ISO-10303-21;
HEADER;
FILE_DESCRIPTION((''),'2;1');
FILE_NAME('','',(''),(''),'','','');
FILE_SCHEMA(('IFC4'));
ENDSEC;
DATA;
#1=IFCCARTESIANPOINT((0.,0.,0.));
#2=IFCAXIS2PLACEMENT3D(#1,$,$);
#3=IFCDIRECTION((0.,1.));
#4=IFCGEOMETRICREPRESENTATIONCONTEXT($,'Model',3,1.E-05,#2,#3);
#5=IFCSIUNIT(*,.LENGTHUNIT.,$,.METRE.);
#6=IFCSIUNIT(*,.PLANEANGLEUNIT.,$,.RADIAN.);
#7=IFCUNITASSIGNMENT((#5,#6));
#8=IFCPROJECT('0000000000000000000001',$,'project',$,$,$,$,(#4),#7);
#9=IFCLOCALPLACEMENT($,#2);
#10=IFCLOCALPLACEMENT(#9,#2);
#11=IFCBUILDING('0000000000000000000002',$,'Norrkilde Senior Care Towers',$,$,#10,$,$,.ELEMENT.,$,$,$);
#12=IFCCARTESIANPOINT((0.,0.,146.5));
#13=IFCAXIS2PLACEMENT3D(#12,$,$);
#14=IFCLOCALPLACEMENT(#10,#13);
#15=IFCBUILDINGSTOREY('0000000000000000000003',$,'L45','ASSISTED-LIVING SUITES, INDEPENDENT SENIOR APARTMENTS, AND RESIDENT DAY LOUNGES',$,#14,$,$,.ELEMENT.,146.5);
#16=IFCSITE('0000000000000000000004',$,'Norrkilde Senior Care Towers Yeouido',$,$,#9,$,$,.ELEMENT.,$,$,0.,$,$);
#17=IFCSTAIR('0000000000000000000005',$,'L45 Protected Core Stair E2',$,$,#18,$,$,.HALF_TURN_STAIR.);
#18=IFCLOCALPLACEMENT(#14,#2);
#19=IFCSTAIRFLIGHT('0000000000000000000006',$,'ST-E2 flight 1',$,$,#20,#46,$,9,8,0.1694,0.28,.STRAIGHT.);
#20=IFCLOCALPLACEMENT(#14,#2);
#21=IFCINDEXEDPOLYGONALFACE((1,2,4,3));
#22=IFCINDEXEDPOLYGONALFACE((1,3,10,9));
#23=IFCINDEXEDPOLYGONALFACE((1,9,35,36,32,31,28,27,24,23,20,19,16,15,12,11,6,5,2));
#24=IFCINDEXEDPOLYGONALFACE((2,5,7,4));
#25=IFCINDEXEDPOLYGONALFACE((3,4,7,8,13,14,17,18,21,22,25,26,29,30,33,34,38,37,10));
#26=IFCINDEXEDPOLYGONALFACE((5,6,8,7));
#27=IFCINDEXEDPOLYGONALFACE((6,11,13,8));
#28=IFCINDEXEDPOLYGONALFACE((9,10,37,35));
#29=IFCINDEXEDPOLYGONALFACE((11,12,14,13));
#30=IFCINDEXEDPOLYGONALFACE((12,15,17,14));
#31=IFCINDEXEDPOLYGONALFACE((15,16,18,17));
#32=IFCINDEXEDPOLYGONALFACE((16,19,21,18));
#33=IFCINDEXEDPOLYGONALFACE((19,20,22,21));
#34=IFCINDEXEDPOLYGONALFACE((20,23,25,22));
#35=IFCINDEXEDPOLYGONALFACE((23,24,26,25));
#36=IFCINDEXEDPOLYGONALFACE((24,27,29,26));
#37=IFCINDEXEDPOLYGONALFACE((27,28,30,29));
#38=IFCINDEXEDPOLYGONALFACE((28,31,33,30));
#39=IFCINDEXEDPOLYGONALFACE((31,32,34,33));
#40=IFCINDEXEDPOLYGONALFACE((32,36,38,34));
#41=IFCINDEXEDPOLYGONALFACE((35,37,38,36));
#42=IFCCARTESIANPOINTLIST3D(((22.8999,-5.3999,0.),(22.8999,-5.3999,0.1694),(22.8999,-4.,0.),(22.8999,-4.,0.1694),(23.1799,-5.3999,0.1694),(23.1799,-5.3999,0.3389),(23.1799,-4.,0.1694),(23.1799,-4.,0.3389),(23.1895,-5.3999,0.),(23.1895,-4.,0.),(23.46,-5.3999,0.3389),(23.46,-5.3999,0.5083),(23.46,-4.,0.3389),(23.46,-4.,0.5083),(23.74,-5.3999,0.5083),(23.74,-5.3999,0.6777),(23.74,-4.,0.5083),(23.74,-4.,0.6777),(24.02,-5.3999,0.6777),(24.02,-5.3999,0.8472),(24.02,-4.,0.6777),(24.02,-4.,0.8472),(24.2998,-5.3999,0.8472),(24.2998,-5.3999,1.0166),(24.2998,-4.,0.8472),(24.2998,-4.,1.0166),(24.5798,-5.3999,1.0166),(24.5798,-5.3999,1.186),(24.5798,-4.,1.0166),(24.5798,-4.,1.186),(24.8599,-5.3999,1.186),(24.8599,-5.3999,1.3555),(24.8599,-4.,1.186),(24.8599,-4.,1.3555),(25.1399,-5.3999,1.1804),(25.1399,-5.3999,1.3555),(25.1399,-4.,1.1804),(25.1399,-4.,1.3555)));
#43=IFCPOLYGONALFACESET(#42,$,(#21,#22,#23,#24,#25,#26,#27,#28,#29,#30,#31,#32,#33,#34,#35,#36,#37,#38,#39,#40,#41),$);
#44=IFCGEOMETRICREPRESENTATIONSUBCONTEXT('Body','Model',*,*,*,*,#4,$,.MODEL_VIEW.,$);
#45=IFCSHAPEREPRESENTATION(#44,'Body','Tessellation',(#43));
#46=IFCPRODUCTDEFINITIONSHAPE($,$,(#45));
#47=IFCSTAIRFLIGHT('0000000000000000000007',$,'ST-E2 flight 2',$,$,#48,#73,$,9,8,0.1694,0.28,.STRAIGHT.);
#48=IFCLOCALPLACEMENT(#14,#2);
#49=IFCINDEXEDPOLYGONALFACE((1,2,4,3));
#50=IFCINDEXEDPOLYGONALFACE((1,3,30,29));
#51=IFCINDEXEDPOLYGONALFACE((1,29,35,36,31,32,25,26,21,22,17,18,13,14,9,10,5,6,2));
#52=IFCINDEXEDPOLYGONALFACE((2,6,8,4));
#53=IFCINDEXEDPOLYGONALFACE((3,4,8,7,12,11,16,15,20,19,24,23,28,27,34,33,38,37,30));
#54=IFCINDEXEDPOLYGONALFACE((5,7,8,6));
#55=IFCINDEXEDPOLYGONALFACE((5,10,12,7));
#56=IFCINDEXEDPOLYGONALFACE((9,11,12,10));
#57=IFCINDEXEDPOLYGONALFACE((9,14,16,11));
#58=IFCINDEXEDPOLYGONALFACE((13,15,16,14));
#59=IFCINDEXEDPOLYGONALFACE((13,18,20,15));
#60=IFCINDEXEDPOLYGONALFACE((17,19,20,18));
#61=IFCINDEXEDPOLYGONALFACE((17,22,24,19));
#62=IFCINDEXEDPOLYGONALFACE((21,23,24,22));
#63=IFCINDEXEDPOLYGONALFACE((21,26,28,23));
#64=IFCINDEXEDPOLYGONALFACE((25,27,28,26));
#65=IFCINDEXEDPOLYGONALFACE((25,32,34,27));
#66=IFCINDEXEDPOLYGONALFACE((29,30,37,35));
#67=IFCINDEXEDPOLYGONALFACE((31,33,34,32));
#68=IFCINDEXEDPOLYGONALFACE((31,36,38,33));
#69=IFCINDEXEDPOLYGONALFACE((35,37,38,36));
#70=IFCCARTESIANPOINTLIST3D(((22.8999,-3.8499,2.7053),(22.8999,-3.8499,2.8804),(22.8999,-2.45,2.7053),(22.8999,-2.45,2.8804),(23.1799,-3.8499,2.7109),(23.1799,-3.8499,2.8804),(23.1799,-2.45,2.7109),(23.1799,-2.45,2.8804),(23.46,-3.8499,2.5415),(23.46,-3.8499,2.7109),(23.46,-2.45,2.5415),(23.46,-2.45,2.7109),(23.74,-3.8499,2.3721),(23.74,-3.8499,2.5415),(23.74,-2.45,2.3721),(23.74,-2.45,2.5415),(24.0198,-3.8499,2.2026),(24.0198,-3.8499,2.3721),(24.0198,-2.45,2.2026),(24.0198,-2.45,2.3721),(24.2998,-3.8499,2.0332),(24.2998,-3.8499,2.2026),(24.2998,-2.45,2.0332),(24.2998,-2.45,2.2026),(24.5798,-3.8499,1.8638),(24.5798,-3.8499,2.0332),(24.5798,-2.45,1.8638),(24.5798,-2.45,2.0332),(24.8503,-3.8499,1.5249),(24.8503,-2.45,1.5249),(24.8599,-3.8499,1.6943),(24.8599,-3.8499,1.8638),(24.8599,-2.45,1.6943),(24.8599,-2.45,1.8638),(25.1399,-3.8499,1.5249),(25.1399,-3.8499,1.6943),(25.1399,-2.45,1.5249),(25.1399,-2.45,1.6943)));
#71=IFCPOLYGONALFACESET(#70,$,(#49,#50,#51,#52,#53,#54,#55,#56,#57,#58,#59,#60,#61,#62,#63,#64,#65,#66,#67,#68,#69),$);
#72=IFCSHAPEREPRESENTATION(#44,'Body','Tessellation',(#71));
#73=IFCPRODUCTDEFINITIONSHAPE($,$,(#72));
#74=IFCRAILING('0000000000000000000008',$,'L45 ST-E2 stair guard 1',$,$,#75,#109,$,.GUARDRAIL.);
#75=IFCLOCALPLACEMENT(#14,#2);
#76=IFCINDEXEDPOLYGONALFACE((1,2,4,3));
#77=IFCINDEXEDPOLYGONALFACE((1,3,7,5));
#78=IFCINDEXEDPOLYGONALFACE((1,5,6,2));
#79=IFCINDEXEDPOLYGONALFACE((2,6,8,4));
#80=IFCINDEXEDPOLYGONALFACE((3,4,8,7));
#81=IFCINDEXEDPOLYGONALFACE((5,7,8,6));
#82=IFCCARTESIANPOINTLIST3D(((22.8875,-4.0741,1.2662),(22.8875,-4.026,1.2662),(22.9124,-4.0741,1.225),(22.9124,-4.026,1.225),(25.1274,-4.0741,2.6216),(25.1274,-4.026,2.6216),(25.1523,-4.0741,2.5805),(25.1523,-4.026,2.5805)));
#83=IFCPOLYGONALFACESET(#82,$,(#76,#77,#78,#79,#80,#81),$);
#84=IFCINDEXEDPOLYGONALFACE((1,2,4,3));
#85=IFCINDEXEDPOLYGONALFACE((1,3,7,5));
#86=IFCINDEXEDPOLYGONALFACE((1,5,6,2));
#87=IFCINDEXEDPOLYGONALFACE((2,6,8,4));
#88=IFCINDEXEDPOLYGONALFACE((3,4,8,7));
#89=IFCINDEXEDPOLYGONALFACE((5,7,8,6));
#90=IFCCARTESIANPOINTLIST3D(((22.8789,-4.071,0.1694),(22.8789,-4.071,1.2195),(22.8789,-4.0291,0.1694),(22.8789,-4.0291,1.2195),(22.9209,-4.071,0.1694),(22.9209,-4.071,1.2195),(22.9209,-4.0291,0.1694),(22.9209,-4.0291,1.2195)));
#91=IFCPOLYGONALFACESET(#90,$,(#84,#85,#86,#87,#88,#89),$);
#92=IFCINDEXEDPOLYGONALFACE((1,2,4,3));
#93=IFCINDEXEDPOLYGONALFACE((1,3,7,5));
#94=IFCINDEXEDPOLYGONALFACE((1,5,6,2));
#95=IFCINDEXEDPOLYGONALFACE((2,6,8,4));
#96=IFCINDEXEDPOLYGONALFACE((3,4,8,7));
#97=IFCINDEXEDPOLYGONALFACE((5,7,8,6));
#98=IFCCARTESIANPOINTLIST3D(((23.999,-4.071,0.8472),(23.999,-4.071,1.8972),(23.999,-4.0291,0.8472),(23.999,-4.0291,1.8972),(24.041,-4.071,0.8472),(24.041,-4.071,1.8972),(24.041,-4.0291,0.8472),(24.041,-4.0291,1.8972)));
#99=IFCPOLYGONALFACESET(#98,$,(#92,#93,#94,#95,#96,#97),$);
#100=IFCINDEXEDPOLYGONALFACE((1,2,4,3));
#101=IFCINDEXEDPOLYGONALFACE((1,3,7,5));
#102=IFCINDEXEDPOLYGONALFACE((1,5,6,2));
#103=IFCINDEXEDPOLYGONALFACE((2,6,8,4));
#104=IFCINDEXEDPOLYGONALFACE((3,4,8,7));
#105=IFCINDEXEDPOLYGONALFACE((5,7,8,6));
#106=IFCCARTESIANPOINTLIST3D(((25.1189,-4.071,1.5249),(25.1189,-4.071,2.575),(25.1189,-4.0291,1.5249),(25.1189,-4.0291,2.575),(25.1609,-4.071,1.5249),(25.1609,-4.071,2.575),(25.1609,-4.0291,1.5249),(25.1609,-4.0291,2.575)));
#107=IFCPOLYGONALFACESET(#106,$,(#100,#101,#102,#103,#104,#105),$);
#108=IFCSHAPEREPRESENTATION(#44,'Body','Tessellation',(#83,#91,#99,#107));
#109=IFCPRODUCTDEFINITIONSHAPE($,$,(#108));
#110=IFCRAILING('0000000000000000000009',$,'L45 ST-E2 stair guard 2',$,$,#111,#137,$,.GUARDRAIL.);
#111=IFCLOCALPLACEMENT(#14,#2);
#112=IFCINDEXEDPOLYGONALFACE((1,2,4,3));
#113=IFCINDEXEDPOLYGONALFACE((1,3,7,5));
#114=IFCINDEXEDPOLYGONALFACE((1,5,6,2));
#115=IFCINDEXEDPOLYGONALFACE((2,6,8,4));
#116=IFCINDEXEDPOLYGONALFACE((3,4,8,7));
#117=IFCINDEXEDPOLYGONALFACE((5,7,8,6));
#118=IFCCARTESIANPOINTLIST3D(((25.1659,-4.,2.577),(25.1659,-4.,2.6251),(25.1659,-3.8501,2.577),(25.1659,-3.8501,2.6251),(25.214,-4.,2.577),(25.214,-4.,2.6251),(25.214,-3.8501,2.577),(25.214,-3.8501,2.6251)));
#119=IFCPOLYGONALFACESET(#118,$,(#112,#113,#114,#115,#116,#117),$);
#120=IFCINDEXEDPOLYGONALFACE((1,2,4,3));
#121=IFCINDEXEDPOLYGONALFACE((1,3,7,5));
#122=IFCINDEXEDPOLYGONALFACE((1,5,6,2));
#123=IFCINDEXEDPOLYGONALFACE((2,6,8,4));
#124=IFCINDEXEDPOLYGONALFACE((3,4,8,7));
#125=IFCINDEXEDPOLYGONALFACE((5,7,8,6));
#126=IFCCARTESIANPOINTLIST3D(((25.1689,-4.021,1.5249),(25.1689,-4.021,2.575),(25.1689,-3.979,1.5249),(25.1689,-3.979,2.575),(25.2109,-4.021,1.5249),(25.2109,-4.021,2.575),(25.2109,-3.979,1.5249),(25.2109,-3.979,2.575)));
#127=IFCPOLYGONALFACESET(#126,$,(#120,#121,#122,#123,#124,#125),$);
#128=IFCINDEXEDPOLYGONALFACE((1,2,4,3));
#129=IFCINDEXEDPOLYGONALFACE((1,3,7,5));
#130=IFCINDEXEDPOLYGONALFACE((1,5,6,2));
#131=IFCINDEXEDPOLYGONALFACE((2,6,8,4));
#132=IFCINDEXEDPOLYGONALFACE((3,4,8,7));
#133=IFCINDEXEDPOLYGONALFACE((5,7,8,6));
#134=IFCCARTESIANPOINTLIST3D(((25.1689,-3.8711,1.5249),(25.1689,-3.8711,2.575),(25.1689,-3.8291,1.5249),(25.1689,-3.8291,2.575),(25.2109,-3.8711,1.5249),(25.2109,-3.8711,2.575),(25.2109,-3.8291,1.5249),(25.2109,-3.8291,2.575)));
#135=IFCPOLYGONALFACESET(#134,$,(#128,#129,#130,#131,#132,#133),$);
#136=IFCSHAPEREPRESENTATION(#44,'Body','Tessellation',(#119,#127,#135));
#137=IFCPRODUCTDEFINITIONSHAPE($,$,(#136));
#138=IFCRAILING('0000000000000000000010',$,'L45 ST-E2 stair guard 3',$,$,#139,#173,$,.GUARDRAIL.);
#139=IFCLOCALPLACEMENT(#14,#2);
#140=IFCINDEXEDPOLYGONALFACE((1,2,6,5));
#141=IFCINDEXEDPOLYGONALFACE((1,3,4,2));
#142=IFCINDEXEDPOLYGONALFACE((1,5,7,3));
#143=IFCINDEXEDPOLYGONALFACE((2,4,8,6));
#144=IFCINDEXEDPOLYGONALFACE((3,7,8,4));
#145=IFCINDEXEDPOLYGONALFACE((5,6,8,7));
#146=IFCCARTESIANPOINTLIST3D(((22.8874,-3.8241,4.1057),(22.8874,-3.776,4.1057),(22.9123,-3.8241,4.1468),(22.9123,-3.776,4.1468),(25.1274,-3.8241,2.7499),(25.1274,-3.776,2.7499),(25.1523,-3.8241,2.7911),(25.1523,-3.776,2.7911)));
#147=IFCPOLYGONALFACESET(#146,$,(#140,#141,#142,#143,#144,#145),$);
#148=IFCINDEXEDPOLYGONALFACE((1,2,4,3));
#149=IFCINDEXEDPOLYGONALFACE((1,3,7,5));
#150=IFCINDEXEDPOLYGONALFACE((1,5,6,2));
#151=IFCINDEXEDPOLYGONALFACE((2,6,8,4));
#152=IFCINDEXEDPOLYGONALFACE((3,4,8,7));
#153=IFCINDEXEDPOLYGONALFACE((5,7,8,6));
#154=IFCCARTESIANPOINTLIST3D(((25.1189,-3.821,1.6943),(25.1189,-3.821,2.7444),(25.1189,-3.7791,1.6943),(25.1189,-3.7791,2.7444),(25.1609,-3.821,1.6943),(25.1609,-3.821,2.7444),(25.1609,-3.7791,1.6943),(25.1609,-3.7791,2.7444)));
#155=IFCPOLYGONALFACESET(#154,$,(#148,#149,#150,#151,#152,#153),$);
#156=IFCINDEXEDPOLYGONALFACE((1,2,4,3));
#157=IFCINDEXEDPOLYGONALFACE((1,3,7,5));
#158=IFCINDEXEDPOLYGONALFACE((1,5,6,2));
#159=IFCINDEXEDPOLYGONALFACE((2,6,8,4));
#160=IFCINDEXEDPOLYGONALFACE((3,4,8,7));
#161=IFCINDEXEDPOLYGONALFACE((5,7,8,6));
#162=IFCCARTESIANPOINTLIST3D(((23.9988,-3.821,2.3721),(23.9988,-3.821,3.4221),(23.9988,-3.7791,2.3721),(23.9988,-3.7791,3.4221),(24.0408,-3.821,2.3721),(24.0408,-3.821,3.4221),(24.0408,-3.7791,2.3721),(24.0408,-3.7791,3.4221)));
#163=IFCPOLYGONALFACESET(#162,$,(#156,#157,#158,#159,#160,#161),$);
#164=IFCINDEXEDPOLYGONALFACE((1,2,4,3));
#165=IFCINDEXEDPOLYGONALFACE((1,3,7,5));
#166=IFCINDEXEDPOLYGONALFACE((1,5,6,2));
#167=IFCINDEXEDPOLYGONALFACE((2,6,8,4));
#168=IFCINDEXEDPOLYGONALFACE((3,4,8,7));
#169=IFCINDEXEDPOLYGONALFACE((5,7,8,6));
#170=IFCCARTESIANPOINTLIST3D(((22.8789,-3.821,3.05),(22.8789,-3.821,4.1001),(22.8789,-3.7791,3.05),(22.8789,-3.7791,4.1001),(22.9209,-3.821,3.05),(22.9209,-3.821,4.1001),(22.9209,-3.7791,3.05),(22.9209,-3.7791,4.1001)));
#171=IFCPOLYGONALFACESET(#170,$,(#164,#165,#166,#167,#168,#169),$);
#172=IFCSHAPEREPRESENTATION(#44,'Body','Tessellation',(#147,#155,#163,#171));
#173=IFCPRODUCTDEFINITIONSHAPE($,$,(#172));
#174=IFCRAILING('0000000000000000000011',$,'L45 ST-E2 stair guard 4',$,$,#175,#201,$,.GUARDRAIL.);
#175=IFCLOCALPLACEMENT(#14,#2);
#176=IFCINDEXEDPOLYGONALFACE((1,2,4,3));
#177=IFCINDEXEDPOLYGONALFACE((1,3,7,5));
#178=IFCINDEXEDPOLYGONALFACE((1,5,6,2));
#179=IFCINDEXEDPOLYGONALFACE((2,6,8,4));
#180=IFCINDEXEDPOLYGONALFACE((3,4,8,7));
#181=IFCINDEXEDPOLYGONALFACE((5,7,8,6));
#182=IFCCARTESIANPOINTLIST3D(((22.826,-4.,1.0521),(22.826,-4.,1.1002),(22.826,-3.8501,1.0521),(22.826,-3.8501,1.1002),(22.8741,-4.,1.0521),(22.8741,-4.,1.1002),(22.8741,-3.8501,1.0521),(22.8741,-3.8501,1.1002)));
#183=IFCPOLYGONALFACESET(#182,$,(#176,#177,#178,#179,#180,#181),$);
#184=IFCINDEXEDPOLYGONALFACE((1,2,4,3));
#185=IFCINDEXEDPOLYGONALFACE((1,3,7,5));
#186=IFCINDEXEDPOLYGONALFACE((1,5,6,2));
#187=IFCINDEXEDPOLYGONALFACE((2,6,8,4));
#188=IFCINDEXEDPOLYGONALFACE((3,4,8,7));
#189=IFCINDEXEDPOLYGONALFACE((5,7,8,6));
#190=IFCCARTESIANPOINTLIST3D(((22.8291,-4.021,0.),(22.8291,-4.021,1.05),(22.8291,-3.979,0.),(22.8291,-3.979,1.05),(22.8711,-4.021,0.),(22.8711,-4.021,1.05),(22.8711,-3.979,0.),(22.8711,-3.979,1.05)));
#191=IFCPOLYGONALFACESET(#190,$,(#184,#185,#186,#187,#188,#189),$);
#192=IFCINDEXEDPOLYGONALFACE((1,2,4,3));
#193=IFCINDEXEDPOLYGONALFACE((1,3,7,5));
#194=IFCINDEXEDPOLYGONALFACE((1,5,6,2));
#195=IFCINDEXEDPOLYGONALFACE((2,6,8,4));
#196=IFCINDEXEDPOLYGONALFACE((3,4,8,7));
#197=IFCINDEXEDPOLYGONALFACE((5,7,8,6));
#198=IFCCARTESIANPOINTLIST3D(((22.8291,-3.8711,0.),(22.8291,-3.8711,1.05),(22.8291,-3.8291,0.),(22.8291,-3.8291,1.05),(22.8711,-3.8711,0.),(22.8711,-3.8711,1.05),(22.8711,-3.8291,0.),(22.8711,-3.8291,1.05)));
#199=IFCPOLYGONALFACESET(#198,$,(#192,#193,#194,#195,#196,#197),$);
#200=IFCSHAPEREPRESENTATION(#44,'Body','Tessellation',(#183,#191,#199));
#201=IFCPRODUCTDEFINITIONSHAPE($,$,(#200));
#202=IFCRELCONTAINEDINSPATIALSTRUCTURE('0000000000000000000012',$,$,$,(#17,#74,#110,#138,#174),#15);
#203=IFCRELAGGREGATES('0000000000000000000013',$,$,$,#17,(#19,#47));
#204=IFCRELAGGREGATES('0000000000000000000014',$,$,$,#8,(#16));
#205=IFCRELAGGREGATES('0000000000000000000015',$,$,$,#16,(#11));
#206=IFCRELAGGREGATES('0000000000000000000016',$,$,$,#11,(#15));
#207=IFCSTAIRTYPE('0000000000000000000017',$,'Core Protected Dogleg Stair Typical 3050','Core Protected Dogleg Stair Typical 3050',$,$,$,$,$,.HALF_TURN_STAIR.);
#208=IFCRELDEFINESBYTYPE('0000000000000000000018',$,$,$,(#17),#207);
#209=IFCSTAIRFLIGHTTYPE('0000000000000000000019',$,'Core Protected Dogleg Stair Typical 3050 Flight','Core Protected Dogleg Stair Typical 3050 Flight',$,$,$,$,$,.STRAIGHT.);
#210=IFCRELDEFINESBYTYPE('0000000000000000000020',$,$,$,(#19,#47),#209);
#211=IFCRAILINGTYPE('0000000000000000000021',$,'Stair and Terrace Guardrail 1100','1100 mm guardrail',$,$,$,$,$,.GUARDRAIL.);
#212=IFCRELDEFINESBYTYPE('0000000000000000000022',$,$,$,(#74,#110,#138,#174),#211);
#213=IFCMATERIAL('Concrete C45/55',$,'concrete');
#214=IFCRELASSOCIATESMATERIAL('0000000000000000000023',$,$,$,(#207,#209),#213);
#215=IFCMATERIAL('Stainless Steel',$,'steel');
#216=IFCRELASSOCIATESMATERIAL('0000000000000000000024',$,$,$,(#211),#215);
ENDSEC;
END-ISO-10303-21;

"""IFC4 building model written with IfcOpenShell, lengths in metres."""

from ifc_helpers import new_model, si_unit, direction, frame, origin, origin_2d, place, context, subcontext, project, spatial, polyline, rectangle, outline, extrude, material, type_object, element, aggregate, save


model = new_model("IFC4")

# Units and contexts
model_context = context("Model", 3, precision=1e-05, world=origin(), true_north=direction((0.0, 1.0)))
body_context = subcontext(model_context, "Body", "Model", "MODEL_VIEW")
ifc_project = project(units=[si_unit("LENGTHUNIT", "METRE"), si_unit("PLANEANGLEUNIT", "RADIAN")], contexts=[model_context])

# Site, building, storey
site_placement = place(None, origin())
site = spatial("IfcSite", under=ifc_project, at=site_placement, Name="Norrkilde Senior Care Towers Yeouido", CompositionType="ELEMENT", RefElevation=0.0)
building_placement = place(site_placement, origin())
building = spatial("IfcBuilding", under=site, at=building_placement, Name="Norrkilde Senior Care Towers", CompositionType="ELEMENT")
storey_placement = place(building_placement, frame((0.0, 0.0, 146.5)))
storey = spatial("IfcBuildingStorey", under=building, at=storey_placement, Name="L45", Description="ASSISTED-LIVING SUITES, INDEPENDENT SENIOR APARTMENTS, AND RESIDENT DAY LOUNGES", CompositionType="ELEMENT", Elevation=146.5)

# Shared definitions
ifc_material_1 = material(Name="Concrete C45/55", Category="concrete")

# Stair, stair flights
stair_type = type_object("IfcStairType", Name="Core Protected Dogleg Stair Typical 3050", Description="Core Protected Dogleg Stair Typical 3050", PredefinedType="HALF_TURN_STAIR", material=ifc_material_1)
stair_placement = place(storey_placement, origin())
stair = element("IfcStair", 1, at=stair_placement, inside=storey, type_object=stair_type, Name="L45 Protected Core Stair E2", PredefinedType="HALF_TURN_STAIR")
stair_flight_type = type_object("IfcStairFlightType", Name="Core Protected Dogleg Stair Typical 3050 Flight", Description="Core Protected Dogleg Stair Typical 3050 Flight", PredefinedType="STRAIGHT", material=ifc_material_1)
stair_flight_1_placement = place(storey_placement, frame((22.8999, -4.7, 0.0), z_axis=(0.0, 0.0, 1.0), x_axis=(1.0, 0.0, 0.0)))
stair_flight_1 = element("IfcStairFlight", 2, at=stair_flight_1_placement, type_object=stair_flight_type, Name="ST-E2 flight 1", NumberOfRisers=9, NumberOfTreads=8, PredefinedType="STRAIGHT", RiserHeight=0.1694, TreadLength=0.28, context=body_context, shape_type="SweptSolid", body=[
    extrude(outline(polyline([(0.0, 0.0), (0.0, 0.1694), (0.28, 0.1694), (0.28, 0.3389), (0.5601, 0.3389), (0.5601, 0.5083), (0.8401, 0.5083), (0.8401, 0.6777), (1.1201, 0.6777), (1.1201, 0.8472), (1.3999, 0.8472), (1.3999, 1.0166), (1.6799, 1.0166), (1.6799, 1.186), (1.96, 1.186), (1.96, 1.3555), (2.24, 1.3555), (2.24, 1.5249), (2.24, 1.1804), (0.2896, 0.0), (0.0, 0.0)])), frame((0.0, 0.7, 0.0), z_axis=(0.0, -1.0, 0.0), x_axis=(1.0, 0.0, 0.0)), (0.0, 0.0, 1.0), 1.3999),
])
stair_flight_2_placement = place(storey_placement, frame((25.1399, -3.1499, 1.5249), z_axis=(0.0, 0.0, 1.0), x_axis=(-1.0, 0.0, 0.0)))
stair_flight_2 = element("IfcStairFlight", 3, at=stair_flight_2_placement, type_object=stair_flight_type, Name="ST-E2 flight 2", NumberOfRisers=9, NumberOfTreads=8, PredefinedType="STRAIGHT", RiserHeight=0.1694, TreadLength=0.28, context=body_context, shape_type="SweptSolid", body=[
    extrude(outline(polyline([(0.0, 0.0), (0.0, 0.1694), (0.28, 0.1694), (0.28, 0.3389), (0.5601, 0.3389), (0.5601, 0.5083), (0.8401, 0.5083), (0.8401, 0.6777), (1.1201, 0.6777), (1.1201, 0.8472), (1.3999, 0.8472), (1.3999, 1.0166), (1.6799, 1.0166), (1.6799, 1.186), (1.96, 1.186), (1.96, 1.3555), (2.24, 1.3555), (2.24, 1.5249), (2.24, 1.1804), (0.2896, 0.0), (0.0, 0.0)])), frame((0.0, 0.7, 0.0), z_axis=(0.0, -1.0, 0.0), x_axis=(1.0, 0.0, 0.0)), (0.0, 0.0, 1.0), 1.3999),
])
aggregate(stair, [stair_flight_1, stair_flight_2])

# Railings
ifc_material_2 = material(Name="Stainless Steel", Category="steel")
railing_type_1 = type_object("IfcRailingType", Name="Stair and Terrace Guardrail 1100", Description="1100 mm guardrail", PredefinedType="GUARDRAIL", material=ifc_material_2)
railing_1_placement = place(storey_placement, frame((22.8999, -4.05, 0.1694)))
element("IfcRailing", 4, at=railing_1_placement, inside=storey, type_object=railing_type_1, Name="L45 ST-E2 stair guard 1", PredefinedType="GUARDRAIL", context=body_context, shape_type="SweptSolid", body=[
    extrude(rectangle(XDim=0.0481, YDim=0.0481, at=origin_2d()), frame((0.0, 0.0, 1.0762), z_axis=(0.855553, 0.0, 0.517715), x_axis=(0.0, 1.0, 0.0)), (0.0, 0.0, 1.0), 2.6182),
    extrude(rectangle(XDim=0.042, YDim=0.042, at=origin_2d()), origin(), (0.0, 0.0, 1.0), 1.05),
    extrude(rectangle(XDim=0.042, YDim=0.042, at=origin_2d()), frame((1.1201, 0.0, 0.6777)), (0.0, 0.0, 1.0), 1.05),
    extrude(rectangle(XDim=0.042, YDim=0.042, at=origin_2d()), frame((2.24, 0.0, 1.3555)), (0.0, 0.0, 1.0), 1.05),
])
railing_2_placement = place(storey_placement, frame((25.1899, -4.0, 1.5249)))
element("IfcRailing", 5, at=railing_2_placement, inside=storey, type_object=railing_type_1, Name="L45 ST-E2 stair guard 2", PredefinedType="GUARDRAIL", context=body_context, shape_type="SweptSolid", body=[
    extrude(rectangle(XDim=0.0481, YDim=0.0481, at=origin_2d()), frame((0.0, 0.0, 1.0762), z_axis=(0.0, 1.0, 0.0), x_axis=(-1.0, 0.0, 0.0)), (0.0, 0.0, 1.0), 0.1499),
    extrude(rectangle(XDim=0.042, YDim=0.042, at=origin_2d()), origin(), (0.0, 0.0, 1.0), 1.05),
    extrude(rectangle(XDim=0.042, YDim=0.042, at=origin_2d()), frame((0.0, 0.1499, 0.0)), (0.0, 0.0, 1.0), 1.05),
])
railing_3_placement = place(storey_placement, frame((25.1399, -3.8, 1.6943)))
element("IfcRailing", 6, at=railing_3_placement, inside=storey, type_object=railing_type_1, Name="L45 ST-E2 stair guard 3", PredefinedType="GUARDRAIL", context=body_context, shape_type="SweptSolid", body=[
    extrude(rectangle(XDim=0.0481, YDim=0.0481, at=origin_2d()), frame((0.0, 0.0, 1.0762), z_axis=(-0.855512, 0.0, 0.517783), x_axis=(0.0, -1.0, 0.0)), (0.0, 0.0, 1.0), 2.6184),
    extrude(rectangle(XDim=0.042, YDim=0.042, at=origin_2d()), origin(), (0.0, 0.0, 1.0), 1.05),
    extrude(rectangle(XDim=0.042, YDim=0.042, at=origin_2d()), frame((-1.1201, 0.0, 0.6777)), (0.0, 0.0, 1.0), 1.05),
    extrude(rectangle(XDim=0.042, YDim=0.042, at=origin_2d()), frame((-2.24, 0.0, 1.3557)), (0.0, 0.0, 1.0), 1.05),
])
railing_4_placement = place(storey_placement, frame((22.8501, -4.0, 0.0)))
element("IfcRailing", 7, at=railing_4_placement, inside=storey, type_object=railing_type_1, Name="L45 ST-E2 stair guard 4", PredefinedType="GUARDRAIL", context=body_context, shape_type="SweptSolid", body=[
    extrude(rectangle(XDim=0.0481, YDim=0.0481, at=origin_2d()), frame((0.0, 0.0, 1.0762), z_axis=(0.0, 1.0, 0.0), x_axis=(-1.0, 0.0, 0.0)), (0.0, 0.0, 1.0), 0.1499),
    extrude(rectangle(XDim=0.042, YDim=0.042, at=origin_2d()), origin(), (0.0, 0.0, 1.0), 1.05),
    extrude(rectangle(XDim=0.042, YDim=0.042, at=origin_2d()), frame((0.0, 0.1499, 0.0)), (0.0, 0.0, 1.0), 1.05),
])

save(model, "model.ifc")
